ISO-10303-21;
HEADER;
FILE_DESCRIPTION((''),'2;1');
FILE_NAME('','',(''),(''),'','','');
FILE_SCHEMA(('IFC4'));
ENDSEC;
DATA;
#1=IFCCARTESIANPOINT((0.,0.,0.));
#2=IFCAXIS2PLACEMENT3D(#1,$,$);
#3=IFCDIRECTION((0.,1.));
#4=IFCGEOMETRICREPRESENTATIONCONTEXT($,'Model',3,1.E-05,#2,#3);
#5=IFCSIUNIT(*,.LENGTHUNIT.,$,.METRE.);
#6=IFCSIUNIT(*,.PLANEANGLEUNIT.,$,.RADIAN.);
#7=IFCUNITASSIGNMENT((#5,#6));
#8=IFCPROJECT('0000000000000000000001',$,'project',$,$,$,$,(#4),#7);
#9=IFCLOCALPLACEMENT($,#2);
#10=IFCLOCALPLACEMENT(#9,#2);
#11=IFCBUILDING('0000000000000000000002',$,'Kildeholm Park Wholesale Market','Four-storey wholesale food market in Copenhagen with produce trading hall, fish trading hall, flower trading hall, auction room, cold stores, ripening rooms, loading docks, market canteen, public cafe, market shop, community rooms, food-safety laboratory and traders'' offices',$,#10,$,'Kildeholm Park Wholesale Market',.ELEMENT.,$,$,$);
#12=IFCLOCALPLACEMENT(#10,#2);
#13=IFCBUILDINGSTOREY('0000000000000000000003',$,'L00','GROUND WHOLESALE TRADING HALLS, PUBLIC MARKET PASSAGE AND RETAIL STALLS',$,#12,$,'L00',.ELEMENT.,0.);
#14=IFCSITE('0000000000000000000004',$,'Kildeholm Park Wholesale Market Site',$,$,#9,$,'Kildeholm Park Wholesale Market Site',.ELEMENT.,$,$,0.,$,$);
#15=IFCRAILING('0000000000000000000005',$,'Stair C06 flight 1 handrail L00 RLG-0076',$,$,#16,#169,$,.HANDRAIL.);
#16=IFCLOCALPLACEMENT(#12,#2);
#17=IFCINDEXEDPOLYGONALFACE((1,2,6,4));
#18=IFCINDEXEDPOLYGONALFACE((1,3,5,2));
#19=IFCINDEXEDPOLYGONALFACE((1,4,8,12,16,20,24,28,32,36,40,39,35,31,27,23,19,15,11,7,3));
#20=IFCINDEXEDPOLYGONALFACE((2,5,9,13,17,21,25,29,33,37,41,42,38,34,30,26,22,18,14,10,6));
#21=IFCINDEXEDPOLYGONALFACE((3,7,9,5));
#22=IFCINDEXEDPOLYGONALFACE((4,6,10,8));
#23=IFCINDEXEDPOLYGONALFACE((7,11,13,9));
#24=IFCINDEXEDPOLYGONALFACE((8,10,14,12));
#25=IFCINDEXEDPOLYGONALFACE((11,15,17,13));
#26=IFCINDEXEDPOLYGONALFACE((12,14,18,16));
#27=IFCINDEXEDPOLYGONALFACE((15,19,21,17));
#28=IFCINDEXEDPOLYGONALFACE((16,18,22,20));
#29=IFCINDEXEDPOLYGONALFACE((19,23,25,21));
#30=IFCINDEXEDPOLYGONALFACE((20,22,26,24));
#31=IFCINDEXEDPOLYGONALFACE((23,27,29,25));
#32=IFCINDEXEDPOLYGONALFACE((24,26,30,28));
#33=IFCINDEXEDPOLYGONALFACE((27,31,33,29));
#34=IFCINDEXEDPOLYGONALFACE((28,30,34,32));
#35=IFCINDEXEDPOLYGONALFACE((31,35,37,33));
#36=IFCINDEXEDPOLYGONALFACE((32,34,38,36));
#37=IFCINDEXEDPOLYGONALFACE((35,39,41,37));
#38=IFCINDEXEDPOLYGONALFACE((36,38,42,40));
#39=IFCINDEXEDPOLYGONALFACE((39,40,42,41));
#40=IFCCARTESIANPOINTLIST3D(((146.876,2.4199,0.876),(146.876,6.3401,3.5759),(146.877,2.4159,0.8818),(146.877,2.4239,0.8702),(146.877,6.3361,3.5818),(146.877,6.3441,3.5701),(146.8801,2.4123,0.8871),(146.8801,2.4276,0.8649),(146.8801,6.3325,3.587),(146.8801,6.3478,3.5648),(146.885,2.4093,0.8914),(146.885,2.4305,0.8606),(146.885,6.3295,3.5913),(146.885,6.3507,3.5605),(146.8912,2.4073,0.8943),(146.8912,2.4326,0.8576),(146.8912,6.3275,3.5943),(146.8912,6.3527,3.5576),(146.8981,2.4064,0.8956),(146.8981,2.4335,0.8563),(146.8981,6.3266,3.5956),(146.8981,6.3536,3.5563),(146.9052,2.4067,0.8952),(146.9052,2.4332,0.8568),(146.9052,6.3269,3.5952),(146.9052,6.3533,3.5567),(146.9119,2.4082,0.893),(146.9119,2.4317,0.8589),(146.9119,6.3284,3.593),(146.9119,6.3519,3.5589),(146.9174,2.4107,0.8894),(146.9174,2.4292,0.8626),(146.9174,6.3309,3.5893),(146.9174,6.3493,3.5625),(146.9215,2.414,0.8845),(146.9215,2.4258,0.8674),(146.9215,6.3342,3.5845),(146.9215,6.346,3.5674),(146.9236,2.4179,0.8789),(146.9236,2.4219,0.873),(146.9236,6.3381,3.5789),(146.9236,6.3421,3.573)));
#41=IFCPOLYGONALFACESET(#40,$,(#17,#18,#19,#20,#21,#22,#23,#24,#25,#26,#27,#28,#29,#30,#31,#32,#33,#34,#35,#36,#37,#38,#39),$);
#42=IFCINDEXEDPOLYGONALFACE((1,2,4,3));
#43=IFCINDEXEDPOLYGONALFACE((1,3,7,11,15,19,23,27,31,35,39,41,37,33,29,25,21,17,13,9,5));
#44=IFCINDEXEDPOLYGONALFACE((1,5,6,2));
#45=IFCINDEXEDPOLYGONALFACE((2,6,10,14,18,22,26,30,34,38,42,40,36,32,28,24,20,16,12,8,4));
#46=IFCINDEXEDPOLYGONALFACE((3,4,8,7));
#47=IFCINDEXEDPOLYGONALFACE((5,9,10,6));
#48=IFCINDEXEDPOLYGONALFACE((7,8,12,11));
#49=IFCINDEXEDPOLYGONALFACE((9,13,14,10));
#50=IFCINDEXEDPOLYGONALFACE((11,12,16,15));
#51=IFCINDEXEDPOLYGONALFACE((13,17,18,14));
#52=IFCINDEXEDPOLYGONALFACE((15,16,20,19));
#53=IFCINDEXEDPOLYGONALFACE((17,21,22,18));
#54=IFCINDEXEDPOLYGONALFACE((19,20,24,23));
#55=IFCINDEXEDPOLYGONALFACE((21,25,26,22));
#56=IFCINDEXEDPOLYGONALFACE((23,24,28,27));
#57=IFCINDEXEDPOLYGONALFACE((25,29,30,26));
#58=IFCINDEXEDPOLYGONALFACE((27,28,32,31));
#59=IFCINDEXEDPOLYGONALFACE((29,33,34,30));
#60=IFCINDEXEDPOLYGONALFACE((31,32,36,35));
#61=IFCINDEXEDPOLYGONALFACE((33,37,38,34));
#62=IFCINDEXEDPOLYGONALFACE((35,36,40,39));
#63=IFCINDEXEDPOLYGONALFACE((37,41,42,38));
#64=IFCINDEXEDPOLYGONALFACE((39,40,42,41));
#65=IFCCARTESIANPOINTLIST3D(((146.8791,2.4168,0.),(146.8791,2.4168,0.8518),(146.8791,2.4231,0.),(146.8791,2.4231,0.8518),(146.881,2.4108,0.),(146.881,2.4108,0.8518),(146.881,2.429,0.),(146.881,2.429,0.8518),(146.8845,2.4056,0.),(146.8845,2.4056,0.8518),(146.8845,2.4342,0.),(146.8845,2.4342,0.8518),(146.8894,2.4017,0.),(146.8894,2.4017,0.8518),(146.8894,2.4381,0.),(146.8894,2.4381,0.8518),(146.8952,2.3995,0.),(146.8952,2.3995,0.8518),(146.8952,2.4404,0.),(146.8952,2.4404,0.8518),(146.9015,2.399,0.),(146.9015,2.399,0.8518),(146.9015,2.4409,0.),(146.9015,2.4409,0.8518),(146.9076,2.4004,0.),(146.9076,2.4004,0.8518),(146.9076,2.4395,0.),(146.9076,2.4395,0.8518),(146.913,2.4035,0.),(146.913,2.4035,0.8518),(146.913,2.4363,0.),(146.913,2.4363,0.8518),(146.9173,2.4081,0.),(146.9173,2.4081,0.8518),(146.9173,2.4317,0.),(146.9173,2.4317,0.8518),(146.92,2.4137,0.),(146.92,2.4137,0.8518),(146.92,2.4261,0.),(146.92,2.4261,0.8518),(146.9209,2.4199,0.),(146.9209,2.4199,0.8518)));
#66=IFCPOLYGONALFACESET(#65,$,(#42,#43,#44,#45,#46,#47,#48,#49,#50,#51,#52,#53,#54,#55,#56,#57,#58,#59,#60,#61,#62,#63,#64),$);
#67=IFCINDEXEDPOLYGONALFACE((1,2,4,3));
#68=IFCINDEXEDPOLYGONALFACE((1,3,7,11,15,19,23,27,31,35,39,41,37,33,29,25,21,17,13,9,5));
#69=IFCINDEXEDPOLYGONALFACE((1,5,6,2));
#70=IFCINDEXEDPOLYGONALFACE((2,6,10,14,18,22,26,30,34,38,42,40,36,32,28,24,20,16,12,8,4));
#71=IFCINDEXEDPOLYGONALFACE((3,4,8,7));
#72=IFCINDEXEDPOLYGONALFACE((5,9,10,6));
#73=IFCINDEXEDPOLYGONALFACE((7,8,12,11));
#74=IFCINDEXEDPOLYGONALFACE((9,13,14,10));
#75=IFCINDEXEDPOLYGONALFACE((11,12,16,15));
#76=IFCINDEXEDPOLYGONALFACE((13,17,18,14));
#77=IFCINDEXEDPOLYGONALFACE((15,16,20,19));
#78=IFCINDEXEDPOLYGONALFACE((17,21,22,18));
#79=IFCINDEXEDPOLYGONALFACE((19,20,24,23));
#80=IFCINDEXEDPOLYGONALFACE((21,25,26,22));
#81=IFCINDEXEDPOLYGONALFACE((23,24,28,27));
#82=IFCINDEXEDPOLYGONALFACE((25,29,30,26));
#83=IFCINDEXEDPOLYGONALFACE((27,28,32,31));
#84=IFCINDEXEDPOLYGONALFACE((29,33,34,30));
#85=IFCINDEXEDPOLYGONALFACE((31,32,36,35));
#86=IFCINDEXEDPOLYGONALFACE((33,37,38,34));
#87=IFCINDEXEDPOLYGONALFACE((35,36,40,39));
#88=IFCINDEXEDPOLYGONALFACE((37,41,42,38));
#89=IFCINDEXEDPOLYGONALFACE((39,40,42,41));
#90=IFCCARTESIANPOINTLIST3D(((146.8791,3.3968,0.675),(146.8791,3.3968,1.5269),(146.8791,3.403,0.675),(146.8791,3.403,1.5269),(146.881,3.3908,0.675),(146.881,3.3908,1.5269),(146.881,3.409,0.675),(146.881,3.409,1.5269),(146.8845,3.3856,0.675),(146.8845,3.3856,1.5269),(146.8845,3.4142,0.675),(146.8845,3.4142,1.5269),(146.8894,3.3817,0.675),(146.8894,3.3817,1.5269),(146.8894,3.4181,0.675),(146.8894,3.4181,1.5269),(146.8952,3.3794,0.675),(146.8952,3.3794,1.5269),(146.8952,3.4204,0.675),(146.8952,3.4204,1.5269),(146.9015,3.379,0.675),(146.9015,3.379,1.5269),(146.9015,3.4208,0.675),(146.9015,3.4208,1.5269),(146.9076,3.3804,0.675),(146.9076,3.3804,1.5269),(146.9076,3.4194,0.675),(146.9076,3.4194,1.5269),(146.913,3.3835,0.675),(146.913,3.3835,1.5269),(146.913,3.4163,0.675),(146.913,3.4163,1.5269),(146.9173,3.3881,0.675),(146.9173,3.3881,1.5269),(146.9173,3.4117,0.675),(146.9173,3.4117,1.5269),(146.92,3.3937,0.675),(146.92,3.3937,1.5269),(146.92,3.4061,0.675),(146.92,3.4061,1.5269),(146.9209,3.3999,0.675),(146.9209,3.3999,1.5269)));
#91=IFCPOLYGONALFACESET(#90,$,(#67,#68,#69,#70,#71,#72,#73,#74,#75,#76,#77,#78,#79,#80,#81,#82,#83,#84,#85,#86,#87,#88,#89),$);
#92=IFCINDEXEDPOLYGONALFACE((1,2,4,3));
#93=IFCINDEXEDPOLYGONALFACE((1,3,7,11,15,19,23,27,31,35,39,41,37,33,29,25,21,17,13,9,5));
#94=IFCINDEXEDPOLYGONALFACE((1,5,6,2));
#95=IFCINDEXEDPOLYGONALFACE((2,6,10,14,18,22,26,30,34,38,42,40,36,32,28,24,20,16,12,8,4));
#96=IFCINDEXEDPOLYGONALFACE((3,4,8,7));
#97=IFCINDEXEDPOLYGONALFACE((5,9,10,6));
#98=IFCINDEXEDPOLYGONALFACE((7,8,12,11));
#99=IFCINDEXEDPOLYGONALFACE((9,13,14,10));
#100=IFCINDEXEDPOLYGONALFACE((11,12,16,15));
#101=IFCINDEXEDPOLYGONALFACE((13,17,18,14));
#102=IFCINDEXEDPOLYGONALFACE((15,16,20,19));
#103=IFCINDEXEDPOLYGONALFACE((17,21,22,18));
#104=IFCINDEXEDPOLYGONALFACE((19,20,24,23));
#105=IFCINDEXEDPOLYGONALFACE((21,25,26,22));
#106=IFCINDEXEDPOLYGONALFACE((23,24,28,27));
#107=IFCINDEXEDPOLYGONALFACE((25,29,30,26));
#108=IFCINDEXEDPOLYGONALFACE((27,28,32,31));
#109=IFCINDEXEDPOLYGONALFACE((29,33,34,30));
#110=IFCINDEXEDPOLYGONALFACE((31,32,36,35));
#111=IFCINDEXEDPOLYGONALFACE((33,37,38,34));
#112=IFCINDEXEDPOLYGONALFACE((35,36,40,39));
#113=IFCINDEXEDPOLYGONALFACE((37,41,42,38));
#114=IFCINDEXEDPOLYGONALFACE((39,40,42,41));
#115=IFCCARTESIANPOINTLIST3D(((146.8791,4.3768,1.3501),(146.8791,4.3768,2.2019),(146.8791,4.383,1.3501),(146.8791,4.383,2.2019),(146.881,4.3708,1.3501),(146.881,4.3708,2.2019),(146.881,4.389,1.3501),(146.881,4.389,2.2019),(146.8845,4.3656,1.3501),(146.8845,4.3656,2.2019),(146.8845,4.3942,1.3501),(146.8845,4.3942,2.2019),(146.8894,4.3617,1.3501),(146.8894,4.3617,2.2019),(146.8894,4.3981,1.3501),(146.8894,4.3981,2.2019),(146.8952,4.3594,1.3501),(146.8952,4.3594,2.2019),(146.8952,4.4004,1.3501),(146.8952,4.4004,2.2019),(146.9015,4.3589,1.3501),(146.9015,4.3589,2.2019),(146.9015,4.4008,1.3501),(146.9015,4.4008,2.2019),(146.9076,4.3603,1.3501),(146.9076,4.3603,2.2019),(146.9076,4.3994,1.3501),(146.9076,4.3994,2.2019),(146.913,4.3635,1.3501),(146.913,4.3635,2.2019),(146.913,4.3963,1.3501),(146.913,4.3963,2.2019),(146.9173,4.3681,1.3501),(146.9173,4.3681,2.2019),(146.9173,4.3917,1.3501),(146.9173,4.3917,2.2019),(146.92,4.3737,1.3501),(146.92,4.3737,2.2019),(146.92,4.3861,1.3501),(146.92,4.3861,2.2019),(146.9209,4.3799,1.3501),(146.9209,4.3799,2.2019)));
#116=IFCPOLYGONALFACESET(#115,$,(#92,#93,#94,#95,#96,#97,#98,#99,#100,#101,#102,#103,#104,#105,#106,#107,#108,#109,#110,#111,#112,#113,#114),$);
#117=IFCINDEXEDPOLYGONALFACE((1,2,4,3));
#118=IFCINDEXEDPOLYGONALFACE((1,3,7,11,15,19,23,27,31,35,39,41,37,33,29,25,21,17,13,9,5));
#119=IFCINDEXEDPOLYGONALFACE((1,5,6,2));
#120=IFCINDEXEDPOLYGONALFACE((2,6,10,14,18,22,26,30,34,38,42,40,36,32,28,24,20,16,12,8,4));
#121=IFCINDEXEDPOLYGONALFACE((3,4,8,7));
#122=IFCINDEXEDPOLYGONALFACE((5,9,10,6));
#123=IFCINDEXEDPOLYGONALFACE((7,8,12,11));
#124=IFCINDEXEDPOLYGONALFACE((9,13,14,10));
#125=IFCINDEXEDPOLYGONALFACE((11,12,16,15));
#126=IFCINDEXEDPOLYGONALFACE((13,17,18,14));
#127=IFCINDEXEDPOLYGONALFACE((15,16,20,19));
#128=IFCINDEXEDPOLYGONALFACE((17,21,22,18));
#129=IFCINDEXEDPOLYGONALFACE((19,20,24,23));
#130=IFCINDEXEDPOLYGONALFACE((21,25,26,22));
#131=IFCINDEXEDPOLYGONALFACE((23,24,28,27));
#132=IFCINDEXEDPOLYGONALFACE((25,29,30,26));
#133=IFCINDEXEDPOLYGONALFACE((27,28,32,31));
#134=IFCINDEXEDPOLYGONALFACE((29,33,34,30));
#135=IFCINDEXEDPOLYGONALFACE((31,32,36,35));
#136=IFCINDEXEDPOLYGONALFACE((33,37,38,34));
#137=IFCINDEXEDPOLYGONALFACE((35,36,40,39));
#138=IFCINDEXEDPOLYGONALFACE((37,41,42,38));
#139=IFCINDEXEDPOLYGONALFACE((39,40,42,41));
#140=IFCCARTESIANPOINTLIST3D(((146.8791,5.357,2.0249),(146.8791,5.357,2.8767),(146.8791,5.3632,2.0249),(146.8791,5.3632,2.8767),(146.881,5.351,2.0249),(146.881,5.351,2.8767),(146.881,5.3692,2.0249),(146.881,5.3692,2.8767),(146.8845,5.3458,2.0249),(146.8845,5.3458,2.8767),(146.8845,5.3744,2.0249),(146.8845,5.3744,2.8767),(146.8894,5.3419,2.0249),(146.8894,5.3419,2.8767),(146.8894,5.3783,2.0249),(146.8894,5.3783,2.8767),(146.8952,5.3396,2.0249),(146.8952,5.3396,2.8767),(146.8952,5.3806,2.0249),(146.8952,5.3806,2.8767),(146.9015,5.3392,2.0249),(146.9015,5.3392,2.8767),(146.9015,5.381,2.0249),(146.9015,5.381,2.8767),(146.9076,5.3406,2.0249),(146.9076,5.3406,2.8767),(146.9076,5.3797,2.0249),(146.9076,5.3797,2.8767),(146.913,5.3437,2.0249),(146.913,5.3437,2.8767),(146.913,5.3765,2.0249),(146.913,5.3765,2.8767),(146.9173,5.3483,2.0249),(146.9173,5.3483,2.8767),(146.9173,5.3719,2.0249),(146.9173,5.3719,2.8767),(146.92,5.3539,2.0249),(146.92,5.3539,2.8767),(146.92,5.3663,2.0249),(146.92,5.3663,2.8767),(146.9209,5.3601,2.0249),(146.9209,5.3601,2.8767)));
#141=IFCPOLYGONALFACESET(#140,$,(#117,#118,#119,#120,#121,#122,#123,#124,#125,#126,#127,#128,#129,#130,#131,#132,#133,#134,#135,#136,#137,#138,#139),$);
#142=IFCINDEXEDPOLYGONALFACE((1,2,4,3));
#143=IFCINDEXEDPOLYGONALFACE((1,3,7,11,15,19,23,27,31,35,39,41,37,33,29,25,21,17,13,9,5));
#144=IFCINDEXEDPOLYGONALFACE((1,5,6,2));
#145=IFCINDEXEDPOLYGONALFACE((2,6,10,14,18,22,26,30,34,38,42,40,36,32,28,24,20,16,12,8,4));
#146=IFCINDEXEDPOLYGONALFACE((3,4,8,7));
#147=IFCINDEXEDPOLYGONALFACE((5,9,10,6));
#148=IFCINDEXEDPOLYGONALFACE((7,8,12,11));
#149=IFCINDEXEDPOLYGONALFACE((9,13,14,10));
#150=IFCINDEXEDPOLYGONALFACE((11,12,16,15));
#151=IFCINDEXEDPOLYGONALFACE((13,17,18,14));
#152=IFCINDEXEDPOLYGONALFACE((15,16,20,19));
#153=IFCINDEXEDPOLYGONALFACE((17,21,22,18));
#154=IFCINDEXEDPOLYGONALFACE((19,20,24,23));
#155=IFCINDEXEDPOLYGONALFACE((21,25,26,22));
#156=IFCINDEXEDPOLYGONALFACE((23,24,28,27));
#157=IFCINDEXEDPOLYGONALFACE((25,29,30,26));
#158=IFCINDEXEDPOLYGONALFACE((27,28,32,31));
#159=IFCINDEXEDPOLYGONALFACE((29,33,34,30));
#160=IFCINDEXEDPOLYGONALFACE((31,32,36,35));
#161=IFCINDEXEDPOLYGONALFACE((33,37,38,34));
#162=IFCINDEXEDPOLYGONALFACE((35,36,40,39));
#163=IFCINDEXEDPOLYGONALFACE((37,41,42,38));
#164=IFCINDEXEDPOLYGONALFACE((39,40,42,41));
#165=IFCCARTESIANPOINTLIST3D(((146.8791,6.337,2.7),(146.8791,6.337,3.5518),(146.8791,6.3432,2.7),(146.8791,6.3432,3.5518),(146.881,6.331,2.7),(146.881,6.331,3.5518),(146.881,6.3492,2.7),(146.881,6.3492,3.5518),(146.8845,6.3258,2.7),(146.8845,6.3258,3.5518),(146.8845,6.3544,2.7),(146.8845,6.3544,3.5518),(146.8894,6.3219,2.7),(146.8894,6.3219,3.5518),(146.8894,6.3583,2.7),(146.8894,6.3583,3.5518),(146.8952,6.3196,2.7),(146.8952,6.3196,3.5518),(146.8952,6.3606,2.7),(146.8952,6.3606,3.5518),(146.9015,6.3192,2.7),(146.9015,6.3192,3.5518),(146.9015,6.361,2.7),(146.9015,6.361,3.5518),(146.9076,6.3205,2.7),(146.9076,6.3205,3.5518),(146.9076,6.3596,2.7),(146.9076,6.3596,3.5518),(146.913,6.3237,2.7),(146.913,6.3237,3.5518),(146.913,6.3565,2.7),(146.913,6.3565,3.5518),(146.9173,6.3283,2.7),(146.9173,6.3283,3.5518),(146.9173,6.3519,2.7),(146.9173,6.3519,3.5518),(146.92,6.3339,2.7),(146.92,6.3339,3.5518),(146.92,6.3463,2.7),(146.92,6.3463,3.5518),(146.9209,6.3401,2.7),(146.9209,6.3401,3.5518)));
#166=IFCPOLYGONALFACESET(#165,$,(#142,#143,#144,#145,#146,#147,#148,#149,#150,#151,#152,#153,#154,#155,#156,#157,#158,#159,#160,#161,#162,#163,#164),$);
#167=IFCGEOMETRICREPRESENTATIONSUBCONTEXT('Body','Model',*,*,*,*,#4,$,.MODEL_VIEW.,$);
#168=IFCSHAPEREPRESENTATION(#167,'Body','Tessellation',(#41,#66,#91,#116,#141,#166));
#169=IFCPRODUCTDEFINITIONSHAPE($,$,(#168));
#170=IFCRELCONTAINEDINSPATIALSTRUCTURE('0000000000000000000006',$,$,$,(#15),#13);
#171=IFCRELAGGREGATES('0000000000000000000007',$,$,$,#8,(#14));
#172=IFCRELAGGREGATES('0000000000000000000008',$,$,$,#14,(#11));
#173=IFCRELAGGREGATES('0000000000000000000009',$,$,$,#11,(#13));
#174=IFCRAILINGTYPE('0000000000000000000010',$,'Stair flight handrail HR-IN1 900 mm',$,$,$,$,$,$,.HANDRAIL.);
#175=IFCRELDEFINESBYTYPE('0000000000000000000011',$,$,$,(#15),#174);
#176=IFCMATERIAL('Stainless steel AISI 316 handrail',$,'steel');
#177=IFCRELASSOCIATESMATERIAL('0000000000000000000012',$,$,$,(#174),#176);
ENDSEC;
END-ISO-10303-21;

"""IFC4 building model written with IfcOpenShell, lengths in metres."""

from ifc_helpers import new_model, si_unit, direction, frame, origin, origin_2d, place, context, subcontext, project, spatial, circle, extrude, material, type_object, element, save


model = new_model("IFC4")

# Units and contexts
model_context = context("Model", 3, precision=1e-05, world=origin(), true_north=direction((0.0, 1.0)))
body_context = subcontext(model_context, "Body", "Model", "MODEL_VIEW")
ifc_project = project(units=[si_unit("LENGTHUNIT", "METRE"), si_unit("PLANEANGLEUNIT", "RADIAN")], contexts=[model_context])

# Site, building, storey
site_placement = place(None, origin())
site = spatial("IfcSite", under=ifc_project, at=site_placement, Name="Kildeholm Park Wholesale Market Site", LongName="Kildeholm Park Wholesale Market Site", CompositionType="ELEMENT", RefElevation=0.0)
building_placement = place(site_placement, origin())
building = spatial("IfcBuilding", under=site, at=building_placement, Name="Kildeholm Park Wholesale Market", Description="Four-storey wholesale food market in Copenhagen with produce trading hall, fish trading hall, flower trading hall, auction room, cold stores, ripening rooms, loading docks, market canteen, public cafe, market shop, community rooms, food-safety laboratory and traders' offices", LongName="Kildeholm Park Wholesale Market", CompositionType="ELEMENT")
storey_placement = place(building_placement, origin())
storey = spatial("IfcBuildingStorey", under=building, at=storey_placement, Name="L00", Description="GROUND WHOLESALE TRADING HALLS, PUBLIC MARKET PASSAGE AND RETAIL STALLS", LongName="L00", CompositionType="ELEMENT", Elevation=0.0)

# Railing
ifc_material_1 = material(Name="Stainless steel AISI 316 handrail", Category="steel")
railing_type_1 = type_object("IfcRailingType", Name="Stair flight handrail HR-IN1 900 mm", PredefinedType="HANDRAIL", material=ifc_material_1)
railing_1_placement = place(storey_placement, frame((146.8999, 2.4199, 0.0)))
element("IfcRailing", 1, at=railing_1_placement, inside=storey, type_object=railing_type_1, Name="Stair C06 flight 1 handrail L00 RLG-0076", PredefinedType="HANDRAIL", context=body_context, shape_type="SweptSolid", body=[
    extrude(circle(Radius=0.0239, at=origin_2d()), frame((0.0, 0.0, 0.876), z_axis=(0.0, 0.823567, 0.567219), x_axis=(-1.0, 0.0, 0.0)), (0.0, 0.0, 1.0), 4.76),
    extrude(circle(Radius=0.021, at=origin_2d()), origin(), (0.0, 0.0, 1.0), 0.8518),
    extrude(circle(Radius=0.021, at=origin_2d()), frame((0.0, 0.98, 0.675)), (0.0, 0.0, 1.0), 0.8518),
    extrude(circle(Radius=0.021, at=origin_2d()), frame((0.0, 1.96, 1.3501)), (0.0, 0.0, 1.0), 0.8518),
    extrude(circle(Radius=0.021, at=origin_2d()), frame((0.0, 2.9402, 2.0249)), (0.0, 0.0, 1.0), 0.8518),
    extrude(circle(Radius=0.021, at=origin_2d()), frame((0.0, 3.9202, 2.7)), (0.0, 0.0, 1.0), 0.8518),
])

save(model, "model.ifc")
